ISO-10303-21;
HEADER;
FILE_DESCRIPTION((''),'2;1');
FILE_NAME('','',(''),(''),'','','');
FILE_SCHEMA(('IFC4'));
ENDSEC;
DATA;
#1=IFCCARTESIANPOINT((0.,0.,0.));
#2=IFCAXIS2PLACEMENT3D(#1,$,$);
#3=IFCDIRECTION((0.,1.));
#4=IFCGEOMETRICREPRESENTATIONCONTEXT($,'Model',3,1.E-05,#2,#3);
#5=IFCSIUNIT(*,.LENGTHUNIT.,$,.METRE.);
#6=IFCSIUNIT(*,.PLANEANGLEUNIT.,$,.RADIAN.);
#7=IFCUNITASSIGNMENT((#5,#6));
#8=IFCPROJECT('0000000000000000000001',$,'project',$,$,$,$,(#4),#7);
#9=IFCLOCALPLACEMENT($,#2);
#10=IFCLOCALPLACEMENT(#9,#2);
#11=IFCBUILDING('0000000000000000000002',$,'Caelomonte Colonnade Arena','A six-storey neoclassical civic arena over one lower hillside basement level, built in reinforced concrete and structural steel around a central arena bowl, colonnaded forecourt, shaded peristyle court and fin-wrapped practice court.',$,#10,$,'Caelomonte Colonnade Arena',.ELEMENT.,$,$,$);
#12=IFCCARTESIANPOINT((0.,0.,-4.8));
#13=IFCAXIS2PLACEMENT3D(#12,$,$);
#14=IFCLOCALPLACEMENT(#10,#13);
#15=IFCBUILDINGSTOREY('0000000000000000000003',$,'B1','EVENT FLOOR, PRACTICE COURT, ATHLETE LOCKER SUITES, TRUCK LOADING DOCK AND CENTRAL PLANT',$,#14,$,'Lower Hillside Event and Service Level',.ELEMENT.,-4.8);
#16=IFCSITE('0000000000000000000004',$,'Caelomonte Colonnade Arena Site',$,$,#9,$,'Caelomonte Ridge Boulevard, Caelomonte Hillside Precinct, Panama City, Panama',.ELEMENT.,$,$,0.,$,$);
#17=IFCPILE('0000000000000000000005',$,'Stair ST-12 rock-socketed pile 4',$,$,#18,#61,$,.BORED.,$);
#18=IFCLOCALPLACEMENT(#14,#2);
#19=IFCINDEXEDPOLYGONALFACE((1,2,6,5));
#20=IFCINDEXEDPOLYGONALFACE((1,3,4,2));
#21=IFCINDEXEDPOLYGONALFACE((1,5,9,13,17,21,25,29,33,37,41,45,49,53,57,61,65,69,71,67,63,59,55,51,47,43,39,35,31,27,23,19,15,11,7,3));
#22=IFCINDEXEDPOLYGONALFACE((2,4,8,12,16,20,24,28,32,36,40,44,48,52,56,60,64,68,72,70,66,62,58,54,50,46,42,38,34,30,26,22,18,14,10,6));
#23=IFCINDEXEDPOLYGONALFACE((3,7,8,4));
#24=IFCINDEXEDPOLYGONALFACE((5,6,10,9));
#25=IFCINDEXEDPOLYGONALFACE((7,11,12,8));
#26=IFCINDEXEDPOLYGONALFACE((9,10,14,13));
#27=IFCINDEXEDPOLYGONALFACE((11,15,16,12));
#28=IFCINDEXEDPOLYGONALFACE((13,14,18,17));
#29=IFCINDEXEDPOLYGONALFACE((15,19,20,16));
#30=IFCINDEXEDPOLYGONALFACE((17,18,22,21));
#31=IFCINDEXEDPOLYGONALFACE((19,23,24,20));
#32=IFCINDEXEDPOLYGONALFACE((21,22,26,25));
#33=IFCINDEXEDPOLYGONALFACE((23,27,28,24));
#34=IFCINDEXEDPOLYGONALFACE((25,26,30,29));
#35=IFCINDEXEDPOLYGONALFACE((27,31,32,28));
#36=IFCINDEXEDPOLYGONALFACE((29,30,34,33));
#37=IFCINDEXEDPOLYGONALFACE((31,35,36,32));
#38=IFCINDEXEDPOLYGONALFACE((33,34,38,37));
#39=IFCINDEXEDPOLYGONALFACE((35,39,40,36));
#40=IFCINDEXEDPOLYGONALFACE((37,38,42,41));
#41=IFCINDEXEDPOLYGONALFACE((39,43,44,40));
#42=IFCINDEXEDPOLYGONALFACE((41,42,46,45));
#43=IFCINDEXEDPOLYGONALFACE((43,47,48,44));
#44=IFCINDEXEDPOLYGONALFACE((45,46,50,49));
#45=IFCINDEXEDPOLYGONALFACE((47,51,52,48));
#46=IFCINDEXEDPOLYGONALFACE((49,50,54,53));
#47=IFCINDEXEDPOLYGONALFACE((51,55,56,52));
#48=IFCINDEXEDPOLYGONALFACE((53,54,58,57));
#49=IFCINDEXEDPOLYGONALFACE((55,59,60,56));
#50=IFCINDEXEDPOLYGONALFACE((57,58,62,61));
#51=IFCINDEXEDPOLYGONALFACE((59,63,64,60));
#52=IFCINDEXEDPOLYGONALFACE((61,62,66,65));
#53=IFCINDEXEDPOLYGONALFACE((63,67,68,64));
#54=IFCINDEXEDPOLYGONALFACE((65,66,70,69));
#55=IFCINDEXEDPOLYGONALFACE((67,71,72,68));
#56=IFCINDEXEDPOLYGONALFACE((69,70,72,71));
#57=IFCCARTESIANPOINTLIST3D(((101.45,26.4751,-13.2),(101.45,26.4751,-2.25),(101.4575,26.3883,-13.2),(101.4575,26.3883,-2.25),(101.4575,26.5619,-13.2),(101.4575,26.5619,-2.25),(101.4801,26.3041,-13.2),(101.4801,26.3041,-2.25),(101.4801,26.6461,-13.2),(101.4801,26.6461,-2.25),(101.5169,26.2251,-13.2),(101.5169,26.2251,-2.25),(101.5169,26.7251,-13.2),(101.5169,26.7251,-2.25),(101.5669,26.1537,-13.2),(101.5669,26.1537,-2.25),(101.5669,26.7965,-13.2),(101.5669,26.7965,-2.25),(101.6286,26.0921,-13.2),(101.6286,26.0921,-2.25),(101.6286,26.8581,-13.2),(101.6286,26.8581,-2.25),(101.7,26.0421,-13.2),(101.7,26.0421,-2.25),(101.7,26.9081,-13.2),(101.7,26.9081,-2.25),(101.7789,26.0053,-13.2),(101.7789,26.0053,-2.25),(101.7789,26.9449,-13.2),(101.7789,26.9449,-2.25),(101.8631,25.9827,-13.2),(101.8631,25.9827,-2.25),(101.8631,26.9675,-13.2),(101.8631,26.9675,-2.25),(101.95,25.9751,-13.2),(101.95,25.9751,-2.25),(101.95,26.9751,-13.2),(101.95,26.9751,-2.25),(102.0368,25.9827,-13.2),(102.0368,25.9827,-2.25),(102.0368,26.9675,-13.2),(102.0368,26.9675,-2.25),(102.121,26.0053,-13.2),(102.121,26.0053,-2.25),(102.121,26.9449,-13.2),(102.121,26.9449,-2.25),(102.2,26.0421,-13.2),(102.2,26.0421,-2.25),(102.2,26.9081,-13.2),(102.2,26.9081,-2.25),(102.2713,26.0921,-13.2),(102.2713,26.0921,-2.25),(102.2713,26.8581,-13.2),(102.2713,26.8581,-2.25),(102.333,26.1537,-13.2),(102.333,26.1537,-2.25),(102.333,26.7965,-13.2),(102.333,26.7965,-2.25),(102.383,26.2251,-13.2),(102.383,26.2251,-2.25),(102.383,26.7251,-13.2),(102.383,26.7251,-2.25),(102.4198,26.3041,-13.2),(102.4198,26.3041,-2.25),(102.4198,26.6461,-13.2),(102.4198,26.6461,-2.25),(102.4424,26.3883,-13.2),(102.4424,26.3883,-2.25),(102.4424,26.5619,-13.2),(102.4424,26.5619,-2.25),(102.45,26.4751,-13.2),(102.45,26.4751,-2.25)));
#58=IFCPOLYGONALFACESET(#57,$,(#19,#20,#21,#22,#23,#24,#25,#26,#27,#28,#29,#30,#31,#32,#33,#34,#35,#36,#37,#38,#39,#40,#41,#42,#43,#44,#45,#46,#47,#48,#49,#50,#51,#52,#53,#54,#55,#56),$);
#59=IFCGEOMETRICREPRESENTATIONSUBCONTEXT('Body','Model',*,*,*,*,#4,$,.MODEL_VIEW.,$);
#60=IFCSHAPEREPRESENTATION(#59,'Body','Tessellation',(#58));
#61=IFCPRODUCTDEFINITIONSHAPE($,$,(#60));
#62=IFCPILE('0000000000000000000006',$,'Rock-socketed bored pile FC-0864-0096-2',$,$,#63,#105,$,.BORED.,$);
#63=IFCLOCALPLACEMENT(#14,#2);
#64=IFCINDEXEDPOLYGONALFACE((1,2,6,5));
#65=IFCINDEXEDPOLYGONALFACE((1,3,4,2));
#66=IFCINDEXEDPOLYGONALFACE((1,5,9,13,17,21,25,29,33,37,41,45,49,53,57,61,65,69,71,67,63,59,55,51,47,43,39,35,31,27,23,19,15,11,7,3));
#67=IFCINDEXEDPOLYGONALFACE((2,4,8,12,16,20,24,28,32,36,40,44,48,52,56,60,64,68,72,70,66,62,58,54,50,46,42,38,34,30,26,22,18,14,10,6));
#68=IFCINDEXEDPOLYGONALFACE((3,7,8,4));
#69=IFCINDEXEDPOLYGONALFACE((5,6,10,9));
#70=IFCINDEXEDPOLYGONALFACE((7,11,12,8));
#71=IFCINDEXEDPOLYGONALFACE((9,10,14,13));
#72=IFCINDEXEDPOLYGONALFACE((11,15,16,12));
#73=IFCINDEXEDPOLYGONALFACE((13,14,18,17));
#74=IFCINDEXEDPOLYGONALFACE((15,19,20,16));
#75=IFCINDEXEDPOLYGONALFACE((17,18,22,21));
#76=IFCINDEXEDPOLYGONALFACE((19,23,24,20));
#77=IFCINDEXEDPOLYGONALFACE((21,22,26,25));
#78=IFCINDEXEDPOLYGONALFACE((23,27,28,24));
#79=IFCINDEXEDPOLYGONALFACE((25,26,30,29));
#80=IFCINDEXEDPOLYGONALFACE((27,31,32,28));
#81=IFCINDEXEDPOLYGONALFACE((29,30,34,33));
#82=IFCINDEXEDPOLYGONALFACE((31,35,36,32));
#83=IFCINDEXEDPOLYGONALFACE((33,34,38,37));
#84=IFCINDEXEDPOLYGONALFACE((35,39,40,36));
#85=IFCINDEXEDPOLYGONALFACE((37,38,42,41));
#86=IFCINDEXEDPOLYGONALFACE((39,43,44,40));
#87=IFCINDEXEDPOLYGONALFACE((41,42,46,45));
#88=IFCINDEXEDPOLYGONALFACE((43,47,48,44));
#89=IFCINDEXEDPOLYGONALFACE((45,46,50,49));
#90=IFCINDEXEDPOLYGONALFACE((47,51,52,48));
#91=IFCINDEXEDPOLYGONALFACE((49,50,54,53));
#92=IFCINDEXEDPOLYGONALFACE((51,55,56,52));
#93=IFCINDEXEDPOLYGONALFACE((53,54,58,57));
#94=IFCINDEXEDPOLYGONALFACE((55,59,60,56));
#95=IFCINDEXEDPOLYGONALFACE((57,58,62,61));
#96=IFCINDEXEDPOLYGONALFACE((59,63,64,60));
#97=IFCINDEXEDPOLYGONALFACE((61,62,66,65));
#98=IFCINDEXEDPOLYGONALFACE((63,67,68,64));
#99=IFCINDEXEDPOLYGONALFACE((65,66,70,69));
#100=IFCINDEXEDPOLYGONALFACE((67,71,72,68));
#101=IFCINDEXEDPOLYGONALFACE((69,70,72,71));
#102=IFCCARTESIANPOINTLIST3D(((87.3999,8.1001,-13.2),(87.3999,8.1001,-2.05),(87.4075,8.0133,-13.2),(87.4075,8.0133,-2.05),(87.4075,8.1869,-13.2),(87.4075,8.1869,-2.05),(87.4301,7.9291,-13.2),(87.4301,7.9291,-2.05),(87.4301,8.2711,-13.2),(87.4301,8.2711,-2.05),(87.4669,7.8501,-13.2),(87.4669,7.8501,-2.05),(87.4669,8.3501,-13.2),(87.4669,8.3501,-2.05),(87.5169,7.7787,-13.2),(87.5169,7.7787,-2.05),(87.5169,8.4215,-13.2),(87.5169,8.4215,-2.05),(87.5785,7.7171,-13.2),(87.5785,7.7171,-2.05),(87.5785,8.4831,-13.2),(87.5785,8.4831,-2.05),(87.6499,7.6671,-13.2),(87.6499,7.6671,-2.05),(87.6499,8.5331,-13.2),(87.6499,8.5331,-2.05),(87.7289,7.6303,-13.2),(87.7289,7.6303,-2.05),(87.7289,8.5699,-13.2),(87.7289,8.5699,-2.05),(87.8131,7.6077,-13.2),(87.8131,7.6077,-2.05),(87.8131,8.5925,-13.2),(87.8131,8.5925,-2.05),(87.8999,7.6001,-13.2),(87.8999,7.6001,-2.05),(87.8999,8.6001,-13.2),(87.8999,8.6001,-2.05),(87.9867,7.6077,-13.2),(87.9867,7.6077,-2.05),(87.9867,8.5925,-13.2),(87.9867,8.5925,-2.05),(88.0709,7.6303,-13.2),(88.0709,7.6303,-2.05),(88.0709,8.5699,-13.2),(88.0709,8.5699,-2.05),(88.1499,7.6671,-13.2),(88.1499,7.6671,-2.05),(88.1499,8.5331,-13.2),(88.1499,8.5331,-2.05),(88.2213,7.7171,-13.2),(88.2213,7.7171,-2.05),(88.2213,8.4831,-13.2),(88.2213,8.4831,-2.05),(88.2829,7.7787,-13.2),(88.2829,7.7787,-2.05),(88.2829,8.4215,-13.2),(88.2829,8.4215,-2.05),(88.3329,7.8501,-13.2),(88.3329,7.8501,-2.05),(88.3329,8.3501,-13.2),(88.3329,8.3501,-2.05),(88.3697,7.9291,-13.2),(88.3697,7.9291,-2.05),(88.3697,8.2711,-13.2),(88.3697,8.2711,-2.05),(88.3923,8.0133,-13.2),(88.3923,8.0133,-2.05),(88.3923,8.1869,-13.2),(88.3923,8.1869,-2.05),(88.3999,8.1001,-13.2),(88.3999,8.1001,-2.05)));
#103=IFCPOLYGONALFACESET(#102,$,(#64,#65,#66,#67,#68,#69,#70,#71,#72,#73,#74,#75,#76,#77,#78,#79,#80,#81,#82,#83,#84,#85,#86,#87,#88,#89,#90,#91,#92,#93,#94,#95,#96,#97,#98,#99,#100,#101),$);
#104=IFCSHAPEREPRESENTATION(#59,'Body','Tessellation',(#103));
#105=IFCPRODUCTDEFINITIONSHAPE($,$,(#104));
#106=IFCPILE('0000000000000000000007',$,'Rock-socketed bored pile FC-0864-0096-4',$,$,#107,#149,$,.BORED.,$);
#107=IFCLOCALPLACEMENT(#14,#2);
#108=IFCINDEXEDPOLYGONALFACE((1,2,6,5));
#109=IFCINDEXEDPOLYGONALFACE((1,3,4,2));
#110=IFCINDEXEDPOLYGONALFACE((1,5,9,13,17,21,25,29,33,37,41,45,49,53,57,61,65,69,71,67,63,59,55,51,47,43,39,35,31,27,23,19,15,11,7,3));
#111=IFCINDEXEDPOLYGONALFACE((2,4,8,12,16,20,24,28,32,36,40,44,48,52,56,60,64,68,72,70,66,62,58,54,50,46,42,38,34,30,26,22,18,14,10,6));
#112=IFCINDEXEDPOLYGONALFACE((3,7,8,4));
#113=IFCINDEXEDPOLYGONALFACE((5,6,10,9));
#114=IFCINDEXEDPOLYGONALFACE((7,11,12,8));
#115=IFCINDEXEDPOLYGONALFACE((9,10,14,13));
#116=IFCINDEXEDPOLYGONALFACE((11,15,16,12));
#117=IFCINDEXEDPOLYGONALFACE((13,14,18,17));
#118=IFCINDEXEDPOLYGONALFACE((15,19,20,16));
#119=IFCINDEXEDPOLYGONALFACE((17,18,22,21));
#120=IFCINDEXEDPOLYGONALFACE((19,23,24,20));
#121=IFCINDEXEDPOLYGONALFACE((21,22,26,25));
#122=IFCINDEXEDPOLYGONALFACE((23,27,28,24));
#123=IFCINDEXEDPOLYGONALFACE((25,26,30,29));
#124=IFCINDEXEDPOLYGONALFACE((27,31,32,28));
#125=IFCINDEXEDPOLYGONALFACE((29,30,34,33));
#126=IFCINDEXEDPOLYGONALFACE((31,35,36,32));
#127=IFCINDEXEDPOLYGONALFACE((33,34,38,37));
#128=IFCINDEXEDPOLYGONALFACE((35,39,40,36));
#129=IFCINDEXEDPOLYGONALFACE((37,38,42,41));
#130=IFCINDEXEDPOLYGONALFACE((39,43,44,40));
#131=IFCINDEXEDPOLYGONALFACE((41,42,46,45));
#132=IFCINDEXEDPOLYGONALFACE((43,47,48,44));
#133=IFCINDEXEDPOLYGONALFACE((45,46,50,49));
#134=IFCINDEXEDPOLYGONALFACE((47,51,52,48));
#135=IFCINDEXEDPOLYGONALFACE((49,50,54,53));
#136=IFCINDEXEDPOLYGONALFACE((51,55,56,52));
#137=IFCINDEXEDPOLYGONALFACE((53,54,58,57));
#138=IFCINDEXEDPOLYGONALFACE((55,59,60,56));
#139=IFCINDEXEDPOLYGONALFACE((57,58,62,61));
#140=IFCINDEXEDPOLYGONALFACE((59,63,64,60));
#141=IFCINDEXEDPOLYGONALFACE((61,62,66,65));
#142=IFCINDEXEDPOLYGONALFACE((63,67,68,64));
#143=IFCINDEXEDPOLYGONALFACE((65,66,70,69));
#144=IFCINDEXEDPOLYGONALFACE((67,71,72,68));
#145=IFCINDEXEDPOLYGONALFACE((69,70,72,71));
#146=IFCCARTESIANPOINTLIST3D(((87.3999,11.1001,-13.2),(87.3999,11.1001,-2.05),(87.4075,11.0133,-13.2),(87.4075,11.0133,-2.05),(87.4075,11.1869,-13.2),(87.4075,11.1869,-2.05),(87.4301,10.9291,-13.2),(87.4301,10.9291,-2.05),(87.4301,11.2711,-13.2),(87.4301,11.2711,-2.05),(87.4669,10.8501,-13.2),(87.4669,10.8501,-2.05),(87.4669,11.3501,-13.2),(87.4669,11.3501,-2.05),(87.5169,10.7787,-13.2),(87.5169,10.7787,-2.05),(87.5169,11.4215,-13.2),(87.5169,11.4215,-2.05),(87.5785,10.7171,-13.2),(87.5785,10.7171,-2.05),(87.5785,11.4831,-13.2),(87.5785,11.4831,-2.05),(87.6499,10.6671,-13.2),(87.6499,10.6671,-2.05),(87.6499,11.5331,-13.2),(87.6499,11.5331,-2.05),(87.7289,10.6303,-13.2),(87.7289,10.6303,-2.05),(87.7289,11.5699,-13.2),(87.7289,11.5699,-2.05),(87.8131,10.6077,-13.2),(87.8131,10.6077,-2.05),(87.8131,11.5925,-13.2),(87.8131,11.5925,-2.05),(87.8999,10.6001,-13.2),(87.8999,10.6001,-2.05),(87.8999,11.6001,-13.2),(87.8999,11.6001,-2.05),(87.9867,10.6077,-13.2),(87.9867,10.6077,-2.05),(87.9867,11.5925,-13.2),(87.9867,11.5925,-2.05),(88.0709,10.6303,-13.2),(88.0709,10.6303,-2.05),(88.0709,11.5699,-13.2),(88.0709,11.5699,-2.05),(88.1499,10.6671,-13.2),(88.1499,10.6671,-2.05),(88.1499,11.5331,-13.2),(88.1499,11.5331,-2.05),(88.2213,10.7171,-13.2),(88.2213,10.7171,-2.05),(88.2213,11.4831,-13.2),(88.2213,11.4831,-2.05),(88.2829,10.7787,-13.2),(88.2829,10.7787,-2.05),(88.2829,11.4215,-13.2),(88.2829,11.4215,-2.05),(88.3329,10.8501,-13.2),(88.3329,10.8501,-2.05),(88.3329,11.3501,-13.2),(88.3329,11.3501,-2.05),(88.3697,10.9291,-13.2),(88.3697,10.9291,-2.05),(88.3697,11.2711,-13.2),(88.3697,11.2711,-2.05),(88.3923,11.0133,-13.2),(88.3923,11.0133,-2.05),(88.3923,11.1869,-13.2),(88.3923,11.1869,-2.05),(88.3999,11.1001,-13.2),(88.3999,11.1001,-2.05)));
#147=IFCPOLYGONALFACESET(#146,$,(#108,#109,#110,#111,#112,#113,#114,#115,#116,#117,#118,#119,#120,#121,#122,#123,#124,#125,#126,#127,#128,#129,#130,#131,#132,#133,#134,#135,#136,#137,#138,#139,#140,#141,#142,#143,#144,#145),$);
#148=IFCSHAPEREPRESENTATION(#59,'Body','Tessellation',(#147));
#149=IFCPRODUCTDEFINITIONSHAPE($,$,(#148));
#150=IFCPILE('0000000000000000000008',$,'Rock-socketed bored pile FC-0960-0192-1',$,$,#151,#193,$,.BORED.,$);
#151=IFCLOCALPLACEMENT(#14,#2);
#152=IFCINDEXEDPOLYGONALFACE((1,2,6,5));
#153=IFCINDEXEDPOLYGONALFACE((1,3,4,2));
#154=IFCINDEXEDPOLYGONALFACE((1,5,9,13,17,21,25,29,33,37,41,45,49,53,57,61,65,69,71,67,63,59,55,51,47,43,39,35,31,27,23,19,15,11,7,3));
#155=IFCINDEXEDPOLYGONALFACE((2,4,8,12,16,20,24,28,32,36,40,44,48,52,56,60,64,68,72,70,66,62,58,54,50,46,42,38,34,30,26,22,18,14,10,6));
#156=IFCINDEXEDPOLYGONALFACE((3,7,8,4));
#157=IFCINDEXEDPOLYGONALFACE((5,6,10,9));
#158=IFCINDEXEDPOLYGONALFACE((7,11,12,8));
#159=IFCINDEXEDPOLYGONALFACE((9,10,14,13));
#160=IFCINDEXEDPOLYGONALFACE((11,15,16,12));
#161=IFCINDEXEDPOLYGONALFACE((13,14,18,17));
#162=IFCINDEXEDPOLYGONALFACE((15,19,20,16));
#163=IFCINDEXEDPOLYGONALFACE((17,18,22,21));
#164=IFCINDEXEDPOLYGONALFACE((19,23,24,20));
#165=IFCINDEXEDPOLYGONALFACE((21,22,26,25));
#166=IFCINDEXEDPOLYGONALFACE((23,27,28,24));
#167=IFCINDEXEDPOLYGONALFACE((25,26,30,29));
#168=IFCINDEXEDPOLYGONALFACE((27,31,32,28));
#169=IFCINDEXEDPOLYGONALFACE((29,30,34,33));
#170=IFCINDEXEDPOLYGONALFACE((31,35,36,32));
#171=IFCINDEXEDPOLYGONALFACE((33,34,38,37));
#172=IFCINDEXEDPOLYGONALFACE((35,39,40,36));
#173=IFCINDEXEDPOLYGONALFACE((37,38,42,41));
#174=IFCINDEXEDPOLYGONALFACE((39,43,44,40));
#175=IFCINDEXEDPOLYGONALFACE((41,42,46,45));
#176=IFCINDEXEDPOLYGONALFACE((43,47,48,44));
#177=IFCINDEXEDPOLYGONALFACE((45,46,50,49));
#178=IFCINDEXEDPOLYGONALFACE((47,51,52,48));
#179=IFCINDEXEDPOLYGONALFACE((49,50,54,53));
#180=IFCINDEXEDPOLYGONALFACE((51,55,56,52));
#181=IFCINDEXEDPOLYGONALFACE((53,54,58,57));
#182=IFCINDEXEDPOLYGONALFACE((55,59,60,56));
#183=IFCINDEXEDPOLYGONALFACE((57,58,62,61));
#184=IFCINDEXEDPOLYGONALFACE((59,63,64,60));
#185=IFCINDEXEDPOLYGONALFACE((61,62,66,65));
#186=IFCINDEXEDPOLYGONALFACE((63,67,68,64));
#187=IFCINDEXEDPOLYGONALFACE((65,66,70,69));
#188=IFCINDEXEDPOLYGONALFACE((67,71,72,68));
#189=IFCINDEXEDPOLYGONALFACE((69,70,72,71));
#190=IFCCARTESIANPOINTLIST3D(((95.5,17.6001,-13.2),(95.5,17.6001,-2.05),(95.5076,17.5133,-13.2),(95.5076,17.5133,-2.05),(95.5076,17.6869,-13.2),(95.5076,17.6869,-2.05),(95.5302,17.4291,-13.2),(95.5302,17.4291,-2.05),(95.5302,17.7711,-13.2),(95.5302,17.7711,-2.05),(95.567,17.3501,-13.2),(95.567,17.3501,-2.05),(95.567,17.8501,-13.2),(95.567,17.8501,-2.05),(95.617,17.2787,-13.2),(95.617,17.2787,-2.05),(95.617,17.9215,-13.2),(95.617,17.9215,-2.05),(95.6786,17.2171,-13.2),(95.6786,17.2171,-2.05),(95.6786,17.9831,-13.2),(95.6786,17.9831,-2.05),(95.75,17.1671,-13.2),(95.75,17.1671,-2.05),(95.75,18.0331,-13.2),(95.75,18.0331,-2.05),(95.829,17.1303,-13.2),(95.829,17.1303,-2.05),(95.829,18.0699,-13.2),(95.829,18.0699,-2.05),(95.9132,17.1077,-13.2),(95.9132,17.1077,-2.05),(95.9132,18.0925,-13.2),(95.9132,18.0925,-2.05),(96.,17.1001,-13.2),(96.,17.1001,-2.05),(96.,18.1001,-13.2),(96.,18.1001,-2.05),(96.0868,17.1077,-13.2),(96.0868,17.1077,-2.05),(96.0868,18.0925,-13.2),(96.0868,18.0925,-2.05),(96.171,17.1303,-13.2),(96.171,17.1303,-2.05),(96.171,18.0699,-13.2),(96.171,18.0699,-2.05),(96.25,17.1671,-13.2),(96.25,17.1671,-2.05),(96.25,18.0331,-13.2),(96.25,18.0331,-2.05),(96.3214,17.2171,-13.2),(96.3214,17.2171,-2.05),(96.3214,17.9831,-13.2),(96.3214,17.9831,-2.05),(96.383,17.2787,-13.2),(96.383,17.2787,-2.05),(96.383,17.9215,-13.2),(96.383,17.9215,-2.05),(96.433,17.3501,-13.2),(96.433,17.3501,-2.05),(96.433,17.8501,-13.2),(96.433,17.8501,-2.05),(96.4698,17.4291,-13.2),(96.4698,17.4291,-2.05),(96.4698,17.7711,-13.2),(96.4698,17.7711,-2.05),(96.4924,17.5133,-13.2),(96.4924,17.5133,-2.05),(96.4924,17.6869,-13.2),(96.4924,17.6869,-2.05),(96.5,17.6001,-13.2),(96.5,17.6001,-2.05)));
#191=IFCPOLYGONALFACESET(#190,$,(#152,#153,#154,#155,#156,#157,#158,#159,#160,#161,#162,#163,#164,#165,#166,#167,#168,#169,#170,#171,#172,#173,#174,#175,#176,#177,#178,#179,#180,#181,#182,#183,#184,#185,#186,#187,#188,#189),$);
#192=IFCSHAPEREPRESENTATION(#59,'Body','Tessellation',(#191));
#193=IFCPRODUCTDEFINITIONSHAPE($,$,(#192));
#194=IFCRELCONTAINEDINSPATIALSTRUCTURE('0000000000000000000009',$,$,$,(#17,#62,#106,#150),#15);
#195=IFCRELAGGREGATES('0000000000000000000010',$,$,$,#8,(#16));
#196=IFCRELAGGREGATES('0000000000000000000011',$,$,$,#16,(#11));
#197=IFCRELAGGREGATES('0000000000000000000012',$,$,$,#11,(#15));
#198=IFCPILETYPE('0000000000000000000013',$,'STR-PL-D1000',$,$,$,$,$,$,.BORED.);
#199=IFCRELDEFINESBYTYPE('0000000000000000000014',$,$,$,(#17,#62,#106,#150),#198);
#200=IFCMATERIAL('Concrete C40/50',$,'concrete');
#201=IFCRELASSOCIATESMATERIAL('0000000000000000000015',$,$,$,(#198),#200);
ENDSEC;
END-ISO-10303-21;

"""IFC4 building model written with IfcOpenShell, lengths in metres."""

from ifc_helpers import new_model, si_unit, direction, frame, origin, origin_2d, place, context, subcontext, project, spatial, circle, extrude, material, material_profile, profile_set, type_object, element, save


model = new_model("IFC4")

# Units and contexts
model_context = context("Model", 3, precision=1e-05, world=origin(), true_north=direction((0.0, 1.0)))
body_context = subcontext(model_context, "Body", "Model", "MODEL_VIEW")
ifc_project = project(units=[si_unit("LENGTHUNIT", "METRE"), si_unit("PLANEANGLEUNIT", "RADIAN")], contexts=[model_context])

# Site, building, storey
site_placement = place(None, origin())
site = spatial("IfcSite", under=ifc_project, at=site_placement, Name="Caelomonte Colonnade Arena Site", LongName="Caelomonte Ridge Boulevard, Caelomonte Hillside Precinct, Panama City, Panama", CompositionType="ELEMENT", RefElevation=0.0)
building_placement = place(site_placement, origin())
building = spatial("IfcBuilding", under=site, at=building_placement, Name="Caelomonte Colonnade Arena", Description="A six-storey neoclassical civic arena over one lower hillside basement level, built in reinforced concrete and structural steel around a central arena bowl, colonnaded forecourt, shaded peristyle court and fin-wrapped practice court.", LongName="Caelomonte Colonnade Arena", CompositionType="ELEMENT")
storey_placement = place(building_placement, frame((0.0, 0.0, -4.8)))
storey = spatial("IfcBuildingStorey", under=building, at=storey_placement, Name="B1", Description="EVENT FLOOR, PRACTICE COURT, ATHLETE LOCKER SUITES, TRUCK LOADING DOCK AND CENTRAL PLANT", LongName="Lower Hillside Event and Service Level", CompositionType="ELEMENT", Elevation=-4.8)

# Shared definitions
ifc_material_1 = material(Name="Concrete C40/50", Category="concrete")

# Piles
ifc_material_profile_1 = material_profile(ifc_material_1, circle(Radius=0.5, at=origin_2d()), Name="PILE-D1000")
ifc_profile_set_1 = profile_set([ifc_material_profile_1], Name="Concrete C40/50")
pile_type = type_object("IfcPileType", Name="STR-PL-D1000", PredefinedType="BORED", material=ifc_profile_set_1)
for number, where, z_axis, x_axis, name in (
    (1, (101.95, 26.4751, -2.25), (0.0, 0.0, -1.0), (1.0, 0.0, 0.0), "Stair ST-12 rock-socketed pile 4"),
):
    element("IfcPile", number, at=place(storey_placement, frame(where, z_axis=z_axis, x_axis=x_axis)), inside=storey, type_object=pile_type, Name=name, PredefinedType="BORED", context=body_context, shape_type="SweptSolid", body=[
        extrude(circle(Radius=0.5, at=origin_2d()), origin(), (0.0, 0.0, 1.0), 10.95),
    ])
for number, where, z_axis, x_axis, name in (
    (2, (87.8999, 8.1001, -2.05), (0.0, 0.0, -1.0), (1.0, 0.0, 0.0), "Rock-socketed bored pile FC-0864-0096-2"),
    (3, (87.8999, 11.1001, -2.05), (0.0, 0.0, -1.0), (1.0, 0.0, 0.0), "Rock-socketed bored pile FC-0864-0096-4"),
    (4, (96.0, 17.6001, -2.05), (0.0, 0.0, -1.0), (1.0, 0.0, 0.0), "Rock-socketed bored pile FC-0960-0192-1"),
):
    element("IfcPile", number, at=place(storey_placement, frame(where, z_axis=z_axis, x_axis=x_axis)), inside=storey, type_object=pile_type, Name=name, PredefinedType="BORED", context=body_context, shape_type="SweptSolid", body=[
        extrude(circle(Radius=0.5, at=origin_2d()), origin(), (0.0, 0.0, 1.0), 11.1499),
    ])

save(model, "model.ifc")
